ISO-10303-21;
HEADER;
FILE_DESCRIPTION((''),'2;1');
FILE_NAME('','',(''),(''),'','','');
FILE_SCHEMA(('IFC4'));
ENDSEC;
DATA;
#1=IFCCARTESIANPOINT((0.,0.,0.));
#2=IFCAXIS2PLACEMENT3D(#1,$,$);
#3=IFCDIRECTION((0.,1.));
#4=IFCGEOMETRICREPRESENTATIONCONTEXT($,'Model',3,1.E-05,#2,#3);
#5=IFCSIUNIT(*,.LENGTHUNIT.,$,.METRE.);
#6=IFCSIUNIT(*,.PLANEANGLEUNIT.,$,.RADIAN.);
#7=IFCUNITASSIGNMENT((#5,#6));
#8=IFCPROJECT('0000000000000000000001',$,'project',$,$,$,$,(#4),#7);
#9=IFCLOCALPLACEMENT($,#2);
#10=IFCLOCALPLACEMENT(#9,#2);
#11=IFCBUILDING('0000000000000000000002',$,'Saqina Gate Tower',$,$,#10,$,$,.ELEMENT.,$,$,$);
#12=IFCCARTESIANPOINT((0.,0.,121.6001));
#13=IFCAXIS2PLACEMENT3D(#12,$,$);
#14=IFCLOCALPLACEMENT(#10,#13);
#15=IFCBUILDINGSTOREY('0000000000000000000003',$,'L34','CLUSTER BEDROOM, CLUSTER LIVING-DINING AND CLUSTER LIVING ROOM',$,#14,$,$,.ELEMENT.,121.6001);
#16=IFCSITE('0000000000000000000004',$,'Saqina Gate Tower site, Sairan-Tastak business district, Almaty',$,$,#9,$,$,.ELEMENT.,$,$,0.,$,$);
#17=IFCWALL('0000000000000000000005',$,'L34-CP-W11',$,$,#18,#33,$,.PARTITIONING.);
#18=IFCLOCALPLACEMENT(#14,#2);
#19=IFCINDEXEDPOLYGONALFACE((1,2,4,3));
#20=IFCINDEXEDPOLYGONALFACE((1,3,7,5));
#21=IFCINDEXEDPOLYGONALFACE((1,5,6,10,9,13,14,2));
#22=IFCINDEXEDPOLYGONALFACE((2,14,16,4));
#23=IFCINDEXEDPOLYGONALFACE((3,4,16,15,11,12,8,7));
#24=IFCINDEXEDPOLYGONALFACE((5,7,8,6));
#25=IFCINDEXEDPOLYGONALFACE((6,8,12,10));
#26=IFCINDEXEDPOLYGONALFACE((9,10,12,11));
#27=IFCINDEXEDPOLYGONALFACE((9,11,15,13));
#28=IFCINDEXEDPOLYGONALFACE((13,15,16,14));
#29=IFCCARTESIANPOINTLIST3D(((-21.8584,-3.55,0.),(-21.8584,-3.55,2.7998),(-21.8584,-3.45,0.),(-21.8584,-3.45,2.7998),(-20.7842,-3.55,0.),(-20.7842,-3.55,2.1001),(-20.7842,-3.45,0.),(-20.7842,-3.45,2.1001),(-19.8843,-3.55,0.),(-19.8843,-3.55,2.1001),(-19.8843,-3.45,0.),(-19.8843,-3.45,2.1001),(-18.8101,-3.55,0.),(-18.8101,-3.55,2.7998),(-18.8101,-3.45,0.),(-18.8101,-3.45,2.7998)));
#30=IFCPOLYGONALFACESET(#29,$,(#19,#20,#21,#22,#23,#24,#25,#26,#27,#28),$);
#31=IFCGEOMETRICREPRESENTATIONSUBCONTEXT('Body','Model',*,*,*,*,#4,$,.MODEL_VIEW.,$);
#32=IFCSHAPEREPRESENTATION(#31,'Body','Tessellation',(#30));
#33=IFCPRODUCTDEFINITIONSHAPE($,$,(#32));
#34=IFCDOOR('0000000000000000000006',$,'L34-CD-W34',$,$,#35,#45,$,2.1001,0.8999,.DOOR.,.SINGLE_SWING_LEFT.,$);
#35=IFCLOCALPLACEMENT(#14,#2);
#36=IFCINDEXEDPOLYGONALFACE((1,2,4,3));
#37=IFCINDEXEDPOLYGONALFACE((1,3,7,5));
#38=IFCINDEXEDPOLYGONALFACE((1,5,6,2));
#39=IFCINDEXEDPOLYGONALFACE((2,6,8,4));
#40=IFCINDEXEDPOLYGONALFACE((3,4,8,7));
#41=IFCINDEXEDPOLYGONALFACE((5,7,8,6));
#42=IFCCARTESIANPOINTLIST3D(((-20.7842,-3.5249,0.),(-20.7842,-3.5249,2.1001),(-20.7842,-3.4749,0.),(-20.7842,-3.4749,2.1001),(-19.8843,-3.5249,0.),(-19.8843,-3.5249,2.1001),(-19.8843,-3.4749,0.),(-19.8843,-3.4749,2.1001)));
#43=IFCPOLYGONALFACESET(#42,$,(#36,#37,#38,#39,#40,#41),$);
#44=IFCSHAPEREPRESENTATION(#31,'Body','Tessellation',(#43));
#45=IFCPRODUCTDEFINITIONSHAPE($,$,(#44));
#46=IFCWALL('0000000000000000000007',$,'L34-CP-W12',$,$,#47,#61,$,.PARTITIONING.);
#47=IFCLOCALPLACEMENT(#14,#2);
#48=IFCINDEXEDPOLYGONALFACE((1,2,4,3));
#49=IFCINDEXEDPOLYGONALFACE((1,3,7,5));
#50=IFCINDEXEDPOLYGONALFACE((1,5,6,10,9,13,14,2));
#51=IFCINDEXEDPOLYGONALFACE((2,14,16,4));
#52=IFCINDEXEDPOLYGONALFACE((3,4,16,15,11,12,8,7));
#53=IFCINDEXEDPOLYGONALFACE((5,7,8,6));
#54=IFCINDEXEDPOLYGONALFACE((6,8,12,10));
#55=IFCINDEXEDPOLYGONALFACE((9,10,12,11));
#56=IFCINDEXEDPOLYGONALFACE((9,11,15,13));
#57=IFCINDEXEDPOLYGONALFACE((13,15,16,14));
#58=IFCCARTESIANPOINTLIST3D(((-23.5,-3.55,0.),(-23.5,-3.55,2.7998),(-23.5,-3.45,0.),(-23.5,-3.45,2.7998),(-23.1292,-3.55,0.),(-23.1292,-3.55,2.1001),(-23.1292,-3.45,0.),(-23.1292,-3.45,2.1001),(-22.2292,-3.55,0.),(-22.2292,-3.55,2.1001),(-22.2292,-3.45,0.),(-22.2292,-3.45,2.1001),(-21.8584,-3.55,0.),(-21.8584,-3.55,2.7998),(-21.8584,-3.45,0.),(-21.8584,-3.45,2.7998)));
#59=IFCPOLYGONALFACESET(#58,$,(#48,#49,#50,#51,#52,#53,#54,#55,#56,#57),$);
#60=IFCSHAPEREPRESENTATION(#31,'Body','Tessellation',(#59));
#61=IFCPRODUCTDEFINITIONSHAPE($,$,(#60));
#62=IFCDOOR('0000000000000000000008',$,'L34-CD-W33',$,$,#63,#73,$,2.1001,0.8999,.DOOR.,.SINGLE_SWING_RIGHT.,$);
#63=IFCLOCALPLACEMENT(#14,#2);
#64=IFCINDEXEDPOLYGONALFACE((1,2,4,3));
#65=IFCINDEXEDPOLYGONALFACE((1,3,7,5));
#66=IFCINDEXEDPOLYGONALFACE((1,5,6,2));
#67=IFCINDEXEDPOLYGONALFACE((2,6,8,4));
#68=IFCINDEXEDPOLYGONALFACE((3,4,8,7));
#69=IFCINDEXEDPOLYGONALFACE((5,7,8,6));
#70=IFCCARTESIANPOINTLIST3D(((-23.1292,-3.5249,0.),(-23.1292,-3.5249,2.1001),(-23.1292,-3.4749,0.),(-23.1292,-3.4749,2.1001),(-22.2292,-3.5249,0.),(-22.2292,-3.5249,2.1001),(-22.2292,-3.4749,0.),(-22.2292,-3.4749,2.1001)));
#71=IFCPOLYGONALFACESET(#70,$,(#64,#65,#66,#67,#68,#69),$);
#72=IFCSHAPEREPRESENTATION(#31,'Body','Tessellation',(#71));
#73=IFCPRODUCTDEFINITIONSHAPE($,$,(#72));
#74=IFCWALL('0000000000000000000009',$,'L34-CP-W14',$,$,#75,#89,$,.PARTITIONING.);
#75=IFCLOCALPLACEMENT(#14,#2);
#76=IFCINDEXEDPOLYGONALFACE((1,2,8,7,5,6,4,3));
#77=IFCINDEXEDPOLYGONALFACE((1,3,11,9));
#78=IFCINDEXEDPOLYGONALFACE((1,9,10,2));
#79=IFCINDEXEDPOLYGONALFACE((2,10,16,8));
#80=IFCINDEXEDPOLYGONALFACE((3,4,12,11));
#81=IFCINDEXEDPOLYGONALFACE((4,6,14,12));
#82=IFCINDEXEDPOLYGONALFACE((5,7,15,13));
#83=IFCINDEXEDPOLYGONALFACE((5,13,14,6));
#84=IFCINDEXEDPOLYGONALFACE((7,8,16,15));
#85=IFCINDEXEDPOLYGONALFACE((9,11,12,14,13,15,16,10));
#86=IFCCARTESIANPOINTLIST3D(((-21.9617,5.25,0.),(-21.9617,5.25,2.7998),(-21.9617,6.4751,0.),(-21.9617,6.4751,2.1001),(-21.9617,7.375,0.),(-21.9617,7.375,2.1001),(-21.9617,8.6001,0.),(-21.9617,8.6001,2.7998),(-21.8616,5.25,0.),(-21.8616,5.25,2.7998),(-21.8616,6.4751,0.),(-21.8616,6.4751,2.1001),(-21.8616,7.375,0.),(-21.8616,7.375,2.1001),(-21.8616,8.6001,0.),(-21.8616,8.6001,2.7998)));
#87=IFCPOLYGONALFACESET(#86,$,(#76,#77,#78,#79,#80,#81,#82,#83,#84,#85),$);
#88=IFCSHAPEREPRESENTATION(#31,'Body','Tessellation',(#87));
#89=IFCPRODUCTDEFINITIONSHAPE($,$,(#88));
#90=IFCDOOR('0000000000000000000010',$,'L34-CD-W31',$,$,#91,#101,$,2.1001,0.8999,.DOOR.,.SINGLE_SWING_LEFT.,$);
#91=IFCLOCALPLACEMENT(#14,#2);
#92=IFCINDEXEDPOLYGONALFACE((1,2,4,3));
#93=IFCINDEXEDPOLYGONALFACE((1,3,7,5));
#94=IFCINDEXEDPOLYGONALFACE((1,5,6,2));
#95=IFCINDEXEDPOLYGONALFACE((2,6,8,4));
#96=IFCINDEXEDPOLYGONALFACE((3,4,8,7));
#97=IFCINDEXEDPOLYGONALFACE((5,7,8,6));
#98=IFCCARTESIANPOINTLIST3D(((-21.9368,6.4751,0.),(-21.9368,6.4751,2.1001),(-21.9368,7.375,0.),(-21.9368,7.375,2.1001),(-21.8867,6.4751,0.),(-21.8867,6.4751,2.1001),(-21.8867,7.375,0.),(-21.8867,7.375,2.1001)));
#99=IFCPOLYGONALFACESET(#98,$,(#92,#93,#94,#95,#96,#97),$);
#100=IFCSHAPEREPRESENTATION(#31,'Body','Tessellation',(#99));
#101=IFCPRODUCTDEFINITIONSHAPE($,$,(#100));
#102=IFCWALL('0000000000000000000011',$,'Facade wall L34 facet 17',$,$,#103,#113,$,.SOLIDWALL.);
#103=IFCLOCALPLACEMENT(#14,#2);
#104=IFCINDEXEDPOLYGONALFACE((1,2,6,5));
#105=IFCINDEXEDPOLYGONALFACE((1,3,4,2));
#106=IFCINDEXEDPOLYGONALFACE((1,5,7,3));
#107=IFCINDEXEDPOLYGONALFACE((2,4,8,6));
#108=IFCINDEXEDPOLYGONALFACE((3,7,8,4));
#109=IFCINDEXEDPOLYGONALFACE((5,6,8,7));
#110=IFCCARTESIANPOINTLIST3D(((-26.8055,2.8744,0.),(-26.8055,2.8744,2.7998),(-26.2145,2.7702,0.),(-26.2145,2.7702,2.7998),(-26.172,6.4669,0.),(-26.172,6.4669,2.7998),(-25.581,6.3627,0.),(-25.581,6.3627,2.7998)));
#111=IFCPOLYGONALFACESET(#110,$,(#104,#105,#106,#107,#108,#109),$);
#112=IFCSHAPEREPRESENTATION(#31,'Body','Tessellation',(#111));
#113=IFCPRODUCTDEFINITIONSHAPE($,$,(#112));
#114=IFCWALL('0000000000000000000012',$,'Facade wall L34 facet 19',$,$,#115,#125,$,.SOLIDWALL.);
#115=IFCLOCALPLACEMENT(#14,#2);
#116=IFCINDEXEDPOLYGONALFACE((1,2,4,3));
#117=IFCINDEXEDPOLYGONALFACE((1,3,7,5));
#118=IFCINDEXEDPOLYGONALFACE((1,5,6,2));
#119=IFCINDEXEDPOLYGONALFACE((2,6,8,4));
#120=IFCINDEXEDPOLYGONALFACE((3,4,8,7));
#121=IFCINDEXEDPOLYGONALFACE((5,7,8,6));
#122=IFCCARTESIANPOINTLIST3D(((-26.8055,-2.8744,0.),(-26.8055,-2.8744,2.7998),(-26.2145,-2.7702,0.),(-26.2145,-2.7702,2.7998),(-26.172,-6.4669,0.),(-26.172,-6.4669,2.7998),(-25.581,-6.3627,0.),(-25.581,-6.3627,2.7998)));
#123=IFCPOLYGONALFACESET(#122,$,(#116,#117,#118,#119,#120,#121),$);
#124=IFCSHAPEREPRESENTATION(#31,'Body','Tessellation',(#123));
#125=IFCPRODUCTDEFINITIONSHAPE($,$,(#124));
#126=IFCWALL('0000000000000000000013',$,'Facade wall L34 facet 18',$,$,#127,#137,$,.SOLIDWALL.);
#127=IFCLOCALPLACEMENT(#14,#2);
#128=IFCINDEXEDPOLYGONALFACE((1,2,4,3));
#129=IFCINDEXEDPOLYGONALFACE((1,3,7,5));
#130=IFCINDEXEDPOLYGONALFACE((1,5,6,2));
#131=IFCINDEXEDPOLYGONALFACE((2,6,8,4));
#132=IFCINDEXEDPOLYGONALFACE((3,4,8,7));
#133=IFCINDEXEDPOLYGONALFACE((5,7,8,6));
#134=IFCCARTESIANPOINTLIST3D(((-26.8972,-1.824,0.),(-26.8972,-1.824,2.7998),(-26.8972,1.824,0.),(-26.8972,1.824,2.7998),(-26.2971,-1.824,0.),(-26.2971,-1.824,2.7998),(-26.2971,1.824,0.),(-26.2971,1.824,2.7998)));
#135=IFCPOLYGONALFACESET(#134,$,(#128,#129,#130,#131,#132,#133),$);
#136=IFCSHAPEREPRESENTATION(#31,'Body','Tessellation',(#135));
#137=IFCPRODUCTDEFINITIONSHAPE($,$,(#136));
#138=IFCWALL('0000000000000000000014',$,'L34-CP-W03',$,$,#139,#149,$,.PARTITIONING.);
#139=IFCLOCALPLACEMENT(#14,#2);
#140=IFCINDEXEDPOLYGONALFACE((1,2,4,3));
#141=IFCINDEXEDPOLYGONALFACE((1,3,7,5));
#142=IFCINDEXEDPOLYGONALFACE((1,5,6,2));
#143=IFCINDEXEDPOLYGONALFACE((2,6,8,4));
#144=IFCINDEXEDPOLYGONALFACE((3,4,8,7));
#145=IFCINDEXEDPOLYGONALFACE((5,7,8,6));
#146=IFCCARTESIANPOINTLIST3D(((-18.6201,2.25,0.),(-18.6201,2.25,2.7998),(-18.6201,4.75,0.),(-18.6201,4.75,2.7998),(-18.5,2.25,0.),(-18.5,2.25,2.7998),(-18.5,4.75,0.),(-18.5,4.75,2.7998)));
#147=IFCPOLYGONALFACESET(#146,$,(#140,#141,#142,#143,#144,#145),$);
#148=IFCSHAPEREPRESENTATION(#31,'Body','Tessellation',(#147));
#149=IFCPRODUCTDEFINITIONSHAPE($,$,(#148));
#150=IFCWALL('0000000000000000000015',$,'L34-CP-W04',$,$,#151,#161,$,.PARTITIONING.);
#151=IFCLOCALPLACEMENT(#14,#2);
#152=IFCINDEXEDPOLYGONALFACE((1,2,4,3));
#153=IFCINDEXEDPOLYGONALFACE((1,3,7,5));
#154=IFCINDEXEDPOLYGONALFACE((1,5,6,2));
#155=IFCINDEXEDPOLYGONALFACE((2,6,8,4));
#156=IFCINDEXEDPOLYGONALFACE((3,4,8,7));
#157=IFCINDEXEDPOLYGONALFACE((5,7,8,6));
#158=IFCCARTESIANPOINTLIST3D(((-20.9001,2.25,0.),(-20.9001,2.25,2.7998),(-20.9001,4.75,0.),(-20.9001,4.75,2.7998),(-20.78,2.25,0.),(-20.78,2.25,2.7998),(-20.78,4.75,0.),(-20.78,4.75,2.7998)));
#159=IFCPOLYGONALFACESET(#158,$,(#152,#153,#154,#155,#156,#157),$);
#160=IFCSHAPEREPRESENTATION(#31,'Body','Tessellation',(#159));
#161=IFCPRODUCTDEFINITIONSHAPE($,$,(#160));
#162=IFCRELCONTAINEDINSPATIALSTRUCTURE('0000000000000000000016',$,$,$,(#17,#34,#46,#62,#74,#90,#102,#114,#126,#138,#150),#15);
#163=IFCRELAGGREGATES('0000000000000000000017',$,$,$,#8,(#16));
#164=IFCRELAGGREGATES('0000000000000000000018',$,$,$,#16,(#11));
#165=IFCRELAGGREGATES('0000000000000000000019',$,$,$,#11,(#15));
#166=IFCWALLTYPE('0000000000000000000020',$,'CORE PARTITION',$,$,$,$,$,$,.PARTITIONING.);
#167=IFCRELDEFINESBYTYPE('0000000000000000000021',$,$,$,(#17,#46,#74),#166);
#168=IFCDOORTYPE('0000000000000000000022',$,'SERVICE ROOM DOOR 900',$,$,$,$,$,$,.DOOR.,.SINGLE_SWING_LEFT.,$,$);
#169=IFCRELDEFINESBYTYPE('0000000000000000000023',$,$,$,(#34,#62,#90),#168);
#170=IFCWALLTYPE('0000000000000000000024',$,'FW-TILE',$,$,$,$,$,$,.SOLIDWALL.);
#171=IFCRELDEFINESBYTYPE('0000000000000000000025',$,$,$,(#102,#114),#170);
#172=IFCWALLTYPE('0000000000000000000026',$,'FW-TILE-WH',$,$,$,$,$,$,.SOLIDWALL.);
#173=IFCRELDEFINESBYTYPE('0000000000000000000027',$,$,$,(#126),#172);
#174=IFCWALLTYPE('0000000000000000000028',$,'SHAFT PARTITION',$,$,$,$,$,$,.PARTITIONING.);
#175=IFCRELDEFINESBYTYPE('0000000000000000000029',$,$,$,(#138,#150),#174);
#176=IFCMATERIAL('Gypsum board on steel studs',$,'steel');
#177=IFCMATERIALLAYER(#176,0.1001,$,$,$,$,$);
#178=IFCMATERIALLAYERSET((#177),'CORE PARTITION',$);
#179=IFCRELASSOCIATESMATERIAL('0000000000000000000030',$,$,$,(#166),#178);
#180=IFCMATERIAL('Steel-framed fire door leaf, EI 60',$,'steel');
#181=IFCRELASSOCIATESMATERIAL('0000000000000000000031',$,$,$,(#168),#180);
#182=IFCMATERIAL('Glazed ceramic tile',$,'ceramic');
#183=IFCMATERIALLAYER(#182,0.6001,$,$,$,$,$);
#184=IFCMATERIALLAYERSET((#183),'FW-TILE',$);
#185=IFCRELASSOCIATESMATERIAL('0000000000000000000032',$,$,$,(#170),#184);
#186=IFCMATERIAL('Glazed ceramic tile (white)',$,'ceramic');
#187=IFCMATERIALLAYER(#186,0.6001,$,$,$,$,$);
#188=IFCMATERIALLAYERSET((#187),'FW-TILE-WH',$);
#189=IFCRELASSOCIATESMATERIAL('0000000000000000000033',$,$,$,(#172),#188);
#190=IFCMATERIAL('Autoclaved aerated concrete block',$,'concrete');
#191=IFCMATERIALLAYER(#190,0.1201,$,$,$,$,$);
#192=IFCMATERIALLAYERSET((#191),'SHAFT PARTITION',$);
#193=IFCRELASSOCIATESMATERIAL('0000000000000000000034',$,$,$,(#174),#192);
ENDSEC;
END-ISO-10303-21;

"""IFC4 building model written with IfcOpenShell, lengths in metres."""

from ifc_helpers import new_model, si_unit, direction, frame, frame_2d, origin, place, context, subcontext, project, spatial, rectangle, extrude, material, layer, layer_set, type_object, element, fill, save


model = new_model("IFC4")

# Units and contexts
model_context = context("Model", 3, precision=1e-05, world=origin(), true_north=direction((0.0, 1.0)))
body_context = subcontext(model_context, "Body", "Model", "MODEL_VIEW")
ifc_project = project(units=[si_unit("LENGTHUNIT", "METRE"), si_unit("PLANEANGLEUNIT", "RADIAN")], contexts=[model_context])

# Site, building, storey
site_placement = place(None, origin())
site = spatial("IfcSite", under=ifc_project, at=site_placement, Name="Saqina Gate Tower site, Sairan-Tastak business district, Almaty", CompositionType="ELEMENT", RefElevation=0.0)
building_placement = place(site_placement, origin())
building = spatial("IfcBuilding", under=site, at=building_placement, Name="Saqina Gate Tower", CompositionType="ELEMENT")
storey_placement = place(building_placement, frame((0.0, 0.0, 121.6001)))
storey = spatial("IfcBuildingStorey", under=building, at=storey_placement, Name="L34", Description="CLUSTER BEDROOM, CLUSTER LIVING-DINING AND CLUSTER LIVING ROOM", CompositionType="ELEMENT", Elevation=121.6001)

# Shared definitions
ifc_material_1 = material(Name="Gypsum board on steel studs", Category="steel")
ifc_layer_1 = layer(ifc_material_1, 0.1001)
ifc_layer_set_1 = layer_set([ifc_layer_1], Name="CORE PARTITION")
wall_type_1 = type_object("IfcWallType", Name="CORE PARTITION", PredefinedType="PARTITIONING", material=ifc_layer_set_1)

# Walls, openings, doors
ifc_material_2 = material(Name="Steel-framed fire door leaf, EI 60", Category="steel")
door_type_1 = type_object("IfcDoorType", Name="SERVICE ROOM DOOR 900", OperationType="SINGLE_SWING_LEFT", PredefinedType="DOOR", material=ifc_material_2)
wall_1_placement = place(storey_placement, frame((-18.8101, -3.5, 0.0), z_axis=(0.0, 0.0, 1.0), x_axis=(-1.0, 0.0, 0.0)))
wall_1 = element("IfcWall", 1, at=wall_1_placement, inside=storey, type_object=wall_type_1, Name="L34-CP-W11", PredefinedType="PARTITIONING", context=body_context, shape_type="SweptSolid", body=[
    extrude(rectangle(XDim=3.0483, YDim=0.1001, at=frame_2d((1.5242, 0.0))), origin(), (0.0, 0.0, 1.0), 2.7998),
])
opening_1_placement = place(wall_1_placement, frame((1.0742, 0.0, 0.0)))
opening_1 = element("IfcOpeningElement", 2, at=opening_1_placement, cuts=wall_1, PredefinedType="OPENING", context=body_context, shape_type="SweptSolid", body=[
    extrude(rectangle(XDim=0.8999, YDim=2.1001, at=frame_2d((0.45, 1.05))), frame((0.0, 0.062, 0.0), z_axis=(0.0, -1.0, 0.0), x_axis=(1.0, 0.0, 0.0)), (0.0, 0.0, 1.0), 0.124),
])
door_1_placement = place(opening_1_placement, origin())
door_1 = element("IfcDoor", 3, at=door_1_placement, inside=storey, type_object=door_type_1, Name="L34-CD-W34", OperationType="SINGLE_SWING_LEFT", OverallHeight=2.1001, OverallWidth=0.8999, PredefinedType="DOOR", context=body_context, shape_type="SweptSolid", body=[
    extrude(rectangle(XDim=0.8999, YDim=2.1001, at=frame_2d((0.45, 1.05))), frame((0.0, 0.0249, 0.0), z_axis=(0.0, -1.0, 0.0), x_axis=(1.0, 0.0, 0.0)), (0.0, 0.0, 1.0), 0.05),
])
fill(opening_1, door_1)
wall_2_placement = place(storey_placement, frame((-21.8584, -3.5, 0.0), z_axis=(0.0, 0.0, 1.0), x_axis=(-1.0, 0.0, 0.0)))
wall_2 = element("IfcWall", 4, at=wall_2_placement, inside=storey, type_object=wall_type_1, Name="L34-CP-W12", PredefinedType="PARTITIONING", context=body_context, shape_type="SweptSolid", body=[
    extrude(rectangle(XDim=1.6416, YDim=0.1001, at=frame_2d((0.8208, 0.0))), origin(), (0.0, 0.0, 1.0), 2.7998),
])
opening_2_placement = place(wall_2_placement, frame((0.3708, 0.0, 0.0)))
opening_2 = element("IfcOpeningElement", 5, at=opening_2_placement, cuts=wall_2, PredefinedType="OPENING", context=body_context, shape_type="SweptSolid", body=[
    extrude(rectangle(XDim=0.8999, YDim=2.1001, at=frame_2d((0.45, 1.05))), frame((0.0, 0.062, 0.0), z_axis=(0.0, -1.0, 0.0), x_axis=(1.0, 0.0, 0.0)), (0.0, 0.0, 1.0), 0.124),
])
door_2_placement = place(opening_2_placement, origin())
door_2 = element("IfcDoor", 6, at=door_2_placement, inside=storey, type_object=door_type_1, Name="L34-CD-W33", OperationType="SINGLE_SWING_RIGHT", OverallHeight=2.1001, OverallWidth=0.8999, PredefinedType="DOOR", context=body_context, shape_type="SweptSolid", body=[
    extrude(rectangle(XDim=0.8999, YDim=2.1001, at=frame_2d((0.45, 1.05))), frame((0.0, 0.0249, 0.0), z_axis=(0.0, -1.0, 0.0), x_axis=(1.0, 0.0, 0.0)), (0.0, 0.0, 1.0), 0.05),
])
fill(opening_2, door_2)
wall_3_placement = place(storey_placement, frame((-21.9116, 5.25, 0.0), z_axis=(0.0, 0.0, 1.0), x_axis=(0.0, 1.0, 0.0)))
wall_3 = element("IfcWall", 7, at=wall_3_placement, inside=storey, type_object=wall_type_1, Name="L34-CP-W14", PredefinedType="PARTITIONING", context=body_context, shape_type="SweptSolid", body=[
    extrude(rectangle(XDim=3.3501, YDim=0.1001, at=frame_2d((1.675, 0.0))), origin(), (0.0, 0.0, 1.0), 2.7998),
])
opening_3_placement = place(wall_3_placement, frame((1.2251, 0.0, 0.0)))
opening_3 = element("IfcOpeningElement", 8, at=opening_3_placement, cuts=wall_3, PredefinedType="OPENING", context=body_context, shape_type="SweptSolid", body=[
    extrude(rectangle(XDim=0.8999, YDim=2.1001, at=frame_2d((0.45, 1.05))), frame((0.0, 0.062, 0.0), z_axis=(0.0, -1.0, 0.0), x_axis=(1.0, 0.0, 0.0)), (0.0, 0.0, 1.0), 0.124),
])
door_3_placement = place(opening_3_placement, frame((0.8999, 0.0, 0.0), z_axis=(0.0, 0.0, 1.0), x_axis=(-1.0, 0.0, 0.0)))
door_3 = element("IfcDoor", 9, at=door_3_placement, inside=storey, type_object=door_type_1, Name="L34-CD-W31", OperationType="SINGLE_SWING_LEFT", OverallHeight=2.1001, OverallWidth=0.8999, PredefinedType="DOOR", context=body_context, shape_type="SweptSolid", body=[
    extrude(rectangle(XDim=0.8999, YDim=2.1001, at=frame_2d((0.45, 1.05))), frame((0.0, 0.0249, 0.0), z_axis=(0.0, -1.0, 0.0), x_axis=(1.0, 0.0, 0.0)), (0.0, 0.0, 1.0), 0.05),
])
fill(opening_3, door_3)

# Walls
ifc_material_3 = material(Name="Glazed ceramic tile", Category="ceramic")
ifc_layer_2 = layer(ifc_material_3, 0.6001)
ifc_layer_set_2 = layer_set([ifc_layer_2], Name="FW-TILE")
wall_type_2 = type_object("IfcWallType", Name="FW-TILE", PredefinedType="SOLIDWALL", material=ifc_layer_set_2)
for number, where, z_axis, x_axis, name in (
    (10, (-25.8765, 6.4148, 0.0), (0.0, 0.0, 1.0), (-0.173671, -0.984804, 0.0), "Facade wall L34 facet 17"),
    (11, (-26.51, -2.8223, 0.0), (0.0, 0.0, 1.0), (0.173671, -0.984804, 0.0), "Facade wall L34 facet 19"),
):
    element("IfcWall", number, at=place(storey_placement, frame(where, z_axis=z_axis, x_axis=x_axis)), inside=storey, type_object=wall_type_2, Name=name, PredefinedType="SOLIDWALL", context=body_context, shape_type="SweptSolid", body=[
        extrude(rectangle(XDim=3.6479, YDim=0.6001, at=frame_2d((1.824, 0.0))), origin(), (0.0, 0.0, 1.0), 2.7998),
    ])
ifc_material_4 = material(Name="Glazed ceramic tile (white)", Category="ceramic")
ifc_layer_3 = layer(ifc_material_4, 0.6001)
ifc_layer_set_3 = layer_set([ifc_layer_3], Name="FW-TILE-WH")
wall_type_3 = type_object("IfcWallType", Name="FW-TILE-WH", PredefinedType="SOLIDWALL", material=ifc_layer_set_3)
wall_4_placement = place(storey_placement, frame((-26.5972, 1.824, 0.0), z_axis=(0.0, 0.0, 1.0), x_axis=(0.0, -1.0, 0.0)))
element("IfcWall", 12, at=wall_4_placement, inside=storey, type_object=wall_type_3, Name="Facade wall L34 facet 18", PredefinedType="SOLIDWALL", context=body_context, shape_type="SweptSolid", body=[
    extrude(rectangle(XDim=3.6479, YDim=0.6001, at=frame_2d((1.824, 0.0))), origin(), (0.0, 0.0, 1.0), 2.7998),
])
ifc_material_5 = material(Name="Autoclaved aerated concrete block", Category="concrete")
ifc_layer_4 = layer(ifc_material_5, 0.1201)
ifc_layer_set_4 = layer_set([ifc_layer_4], Name="SHAFT PARTITION")
wall_type_4 = type_object("IfcWallType", Name="SHAFT PARTITION", PredefinedType="PARTITIONING", material=ifc_layer_set_4)
for number, where, z_axis, x_axis, name in (
    (13, (-18.5601, 2.25, 0.0), (0.0, 0.0, 1.0), (0.0, 1.0, 0.0), "L34-CP-W03"),
    (14, (-20.8401, 2.25, 0.0), (0.0, 0.0, 1.0), (0.0, 1.0, 0.0), "L34-CP-W04"),
):
    element("IfcWall", number, at=place(storey_placement, frame(where, z_axis=z_axis, x_axis=x_axis)), inside=storey, type_object=wall_type_4, Name=name, PredefinedType="PARTITIONING", context=body_context, shape_type="SweptSolid", body=[
        extrude(rectangle(XDim=2.5, YDim=0.1201, at=frame_2d((1.25, 0.0))), origin(), (0.0, 0.0, 1.0), 2.7998),
    ])

save(model, "model.ifc")
